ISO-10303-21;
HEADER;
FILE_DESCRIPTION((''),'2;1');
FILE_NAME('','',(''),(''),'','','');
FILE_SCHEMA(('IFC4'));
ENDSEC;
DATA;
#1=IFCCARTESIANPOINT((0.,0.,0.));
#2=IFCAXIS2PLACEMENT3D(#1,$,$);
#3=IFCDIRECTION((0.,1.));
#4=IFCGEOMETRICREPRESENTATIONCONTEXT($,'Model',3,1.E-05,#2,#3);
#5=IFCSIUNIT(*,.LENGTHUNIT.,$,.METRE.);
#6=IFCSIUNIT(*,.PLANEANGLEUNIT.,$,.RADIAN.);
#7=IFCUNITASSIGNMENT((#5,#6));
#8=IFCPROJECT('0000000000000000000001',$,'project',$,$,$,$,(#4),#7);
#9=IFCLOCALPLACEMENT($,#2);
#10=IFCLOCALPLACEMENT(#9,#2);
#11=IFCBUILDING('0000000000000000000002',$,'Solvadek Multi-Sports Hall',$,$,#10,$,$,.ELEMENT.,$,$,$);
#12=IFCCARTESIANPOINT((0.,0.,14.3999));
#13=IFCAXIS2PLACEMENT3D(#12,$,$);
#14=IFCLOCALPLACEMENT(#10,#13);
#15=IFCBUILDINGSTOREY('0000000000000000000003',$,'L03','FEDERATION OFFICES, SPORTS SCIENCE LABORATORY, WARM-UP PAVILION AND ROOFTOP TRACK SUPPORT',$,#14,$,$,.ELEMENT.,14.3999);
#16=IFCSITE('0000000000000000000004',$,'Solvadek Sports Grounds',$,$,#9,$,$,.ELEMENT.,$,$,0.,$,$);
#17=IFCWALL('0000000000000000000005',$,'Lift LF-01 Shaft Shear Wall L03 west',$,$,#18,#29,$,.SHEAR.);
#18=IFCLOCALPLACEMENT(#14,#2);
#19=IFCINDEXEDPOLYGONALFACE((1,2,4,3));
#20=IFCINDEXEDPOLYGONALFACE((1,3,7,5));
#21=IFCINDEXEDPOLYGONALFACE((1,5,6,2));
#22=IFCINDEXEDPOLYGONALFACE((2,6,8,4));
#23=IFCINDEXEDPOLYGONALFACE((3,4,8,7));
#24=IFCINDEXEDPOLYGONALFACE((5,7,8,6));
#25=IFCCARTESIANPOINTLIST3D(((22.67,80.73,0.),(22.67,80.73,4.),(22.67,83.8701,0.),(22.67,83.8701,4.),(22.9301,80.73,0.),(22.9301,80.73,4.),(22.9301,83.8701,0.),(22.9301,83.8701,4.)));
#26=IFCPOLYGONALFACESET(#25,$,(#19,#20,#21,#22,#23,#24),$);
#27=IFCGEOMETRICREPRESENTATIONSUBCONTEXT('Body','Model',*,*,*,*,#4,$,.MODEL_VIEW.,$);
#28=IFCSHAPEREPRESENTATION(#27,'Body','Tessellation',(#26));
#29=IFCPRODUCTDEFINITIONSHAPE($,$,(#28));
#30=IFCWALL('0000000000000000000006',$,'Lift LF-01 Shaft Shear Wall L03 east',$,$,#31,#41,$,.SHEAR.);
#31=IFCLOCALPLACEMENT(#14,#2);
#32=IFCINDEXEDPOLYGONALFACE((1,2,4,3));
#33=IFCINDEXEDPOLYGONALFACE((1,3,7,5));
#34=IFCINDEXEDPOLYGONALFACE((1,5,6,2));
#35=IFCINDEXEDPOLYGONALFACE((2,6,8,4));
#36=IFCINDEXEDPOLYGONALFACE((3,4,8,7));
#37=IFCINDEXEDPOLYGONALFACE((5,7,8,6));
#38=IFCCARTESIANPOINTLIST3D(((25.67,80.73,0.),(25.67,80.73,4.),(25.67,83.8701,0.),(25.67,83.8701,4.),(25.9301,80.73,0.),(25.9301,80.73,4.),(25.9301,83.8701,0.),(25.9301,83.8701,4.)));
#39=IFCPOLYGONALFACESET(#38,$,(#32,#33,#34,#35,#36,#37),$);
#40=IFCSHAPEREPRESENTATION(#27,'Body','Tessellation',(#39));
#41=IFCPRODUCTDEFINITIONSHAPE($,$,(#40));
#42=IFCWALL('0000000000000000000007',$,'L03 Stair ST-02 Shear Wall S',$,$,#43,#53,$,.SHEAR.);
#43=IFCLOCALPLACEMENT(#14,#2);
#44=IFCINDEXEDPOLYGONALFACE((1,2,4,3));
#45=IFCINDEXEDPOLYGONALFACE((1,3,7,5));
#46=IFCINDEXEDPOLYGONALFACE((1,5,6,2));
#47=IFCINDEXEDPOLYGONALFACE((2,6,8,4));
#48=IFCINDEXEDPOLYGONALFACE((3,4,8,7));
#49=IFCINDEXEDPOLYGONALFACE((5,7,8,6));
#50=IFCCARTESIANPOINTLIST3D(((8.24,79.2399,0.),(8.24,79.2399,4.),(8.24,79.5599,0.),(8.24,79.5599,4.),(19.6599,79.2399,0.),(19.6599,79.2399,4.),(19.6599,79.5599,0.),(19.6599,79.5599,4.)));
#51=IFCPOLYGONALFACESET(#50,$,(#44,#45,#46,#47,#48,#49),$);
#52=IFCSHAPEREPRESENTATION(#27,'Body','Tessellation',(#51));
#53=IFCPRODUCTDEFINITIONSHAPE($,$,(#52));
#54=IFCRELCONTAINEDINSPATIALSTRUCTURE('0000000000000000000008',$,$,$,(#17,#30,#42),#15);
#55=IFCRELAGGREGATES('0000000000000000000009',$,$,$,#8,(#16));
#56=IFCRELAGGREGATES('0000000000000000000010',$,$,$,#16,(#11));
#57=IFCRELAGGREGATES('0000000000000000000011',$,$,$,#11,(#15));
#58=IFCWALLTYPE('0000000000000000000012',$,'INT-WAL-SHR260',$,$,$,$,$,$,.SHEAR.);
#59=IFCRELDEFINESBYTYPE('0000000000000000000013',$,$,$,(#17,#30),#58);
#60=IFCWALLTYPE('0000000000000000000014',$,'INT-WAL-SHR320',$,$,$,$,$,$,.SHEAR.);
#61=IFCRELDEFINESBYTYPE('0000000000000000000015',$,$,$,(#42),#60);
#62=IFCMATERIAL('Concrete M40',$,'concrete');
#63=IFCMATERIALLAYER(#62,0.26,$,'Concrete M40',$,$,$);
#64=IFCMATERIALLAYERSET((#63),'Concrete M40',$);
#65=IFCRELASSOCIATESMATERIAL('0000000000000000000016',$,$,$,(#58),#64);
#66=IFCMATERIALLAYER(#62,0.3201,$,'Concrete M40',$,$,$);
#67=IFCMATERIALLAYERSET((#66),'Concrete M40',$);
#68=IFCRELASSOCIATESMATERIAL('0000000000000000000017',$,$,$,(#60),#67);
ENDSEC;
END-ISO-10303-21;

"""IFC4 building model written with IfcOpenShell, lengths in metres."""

from ifc_helpers import new_model, si_unit, direction, frame, frame_2d, origin, place, context, subcontext, project, spatial, rectangle, extrude, material, layer, layer_set, type_object, element, save


model = new_model("IFC4")

# Units and contexts
model_context = context("Model", 3, precision=1e-05, world=origin(), true_north=direction((0.0, 1.0)))
body_context = subcontext(model_context, "Body", "Model", "MODEL_VIEW")
ifc_project = project(units=[si_unit("LENGTHUNIT", "METRE"), si_unit("PLANEANGLEUNIT", "RADIAN")], contexts=[model_context])

# Site, building, storey
site_placement = place(None, origin())
site = spatial("IfcSite", under=ifc_project, at=site_placement, Name="Solvadek Sports Grounds", CompositionType="ELEMENT", RefElevation=0.0)
building_placement = place(site_placement, origin())
building = spatial("IfcBuilding", under=site, at=building_placement, Name="Solvadek Multi-Sports Hall", CompositionType="ELEMENT")
storey_placement = place(building_placement, frame((0.0, 0.0, 14.3999)))
storey = spatial("IfcBuildingStorey", under=building, at=storey_placement, Name="L03", Description="FEDERATION OFFICES, SPORTS SCIENCE LABORATORY, WARM-UP PAVILION AND ROOFTOP TRACK SUPPORT", CompositionType="ELEMENT", Elevation=14.3999)

# Walls
ifc_material_1 = material(Name="Concrete M40", Category="concrete")
ifc_layer_1 = layer(ifc_material_1, 0.26, Name="Concrete M40")
ifc_layer_set_1 = layer_set([ifc_layer_1], Name="Concrete M40")
wall_type_1 = type_object("IfcWallType", Name="INT-WAL-SHR260", PredefinedType="SHEAR", material=ifc_layer_set_1)
for number, where, z_axis, x_axis, name in (
    (1, (22.8, 80.73, 0.0), (0.0, 0.0, 1.0), (0.0, 1.0, 0.0), "Lift LF-01 Shaft Shear Wall L03 west"),
    (2, (25.8, 80.73, 0.0), (0.0, 0.0, 1.0), (0.0, 1.0, 0.0), "Lift LF-01 Shaft Shear Wall L03 east"),
):
    element("IfcWall", number, at=place(storey_placement, frame(where, z_axis=z_axis, x_axis=x_axis)), inside=storey, type_object=wall_type_1, Name=name, PredefinedType="SHEAR", context=body_context, shape_type="SweptSolid", body=[
        extrude(rectangle(XDim=3.1401, YDim=0.26, at=frame_2d((1.5701, 0.0))), origin(), (0.0, 0.0, 1.0), 4.0),
    ])
ifc_layer_2 = layer(ifc_material_1, 0.3201, Name="Concrete M40")
ifc_layer_set_2 = layer_set([ifc_layer_2], Name="Concrete M40")
wall_type_2 = type_object("IfcWallType", Name="INT-WAL-SHR320", PredefinedType="SHEAR", material=ifc_layer_set_2)
wall_1_placement = place(storey_placement, frame((8.24, 79.3999, 0.0), z_axis=(0.0, 0.0, 1.0), x_axis=(1.0, 0.0, 0.0)))
element("IfcWall", 3, at=wall_1_placement, inside=storey, type_object=wall_type_2, Name="L03 Stair ST-02 Shear Wall S", PredefinedType="SHEAR", context=body_context, shape_type="SweptSolid", body=[
    extrude(rectangle(XDim=11.4199, YDim=0.3201, at=frame_2d((5.71, 0.0))), origin(), (0.0, 0.0, 1.0), 4.0),
])

save(model, "model.ifc")
